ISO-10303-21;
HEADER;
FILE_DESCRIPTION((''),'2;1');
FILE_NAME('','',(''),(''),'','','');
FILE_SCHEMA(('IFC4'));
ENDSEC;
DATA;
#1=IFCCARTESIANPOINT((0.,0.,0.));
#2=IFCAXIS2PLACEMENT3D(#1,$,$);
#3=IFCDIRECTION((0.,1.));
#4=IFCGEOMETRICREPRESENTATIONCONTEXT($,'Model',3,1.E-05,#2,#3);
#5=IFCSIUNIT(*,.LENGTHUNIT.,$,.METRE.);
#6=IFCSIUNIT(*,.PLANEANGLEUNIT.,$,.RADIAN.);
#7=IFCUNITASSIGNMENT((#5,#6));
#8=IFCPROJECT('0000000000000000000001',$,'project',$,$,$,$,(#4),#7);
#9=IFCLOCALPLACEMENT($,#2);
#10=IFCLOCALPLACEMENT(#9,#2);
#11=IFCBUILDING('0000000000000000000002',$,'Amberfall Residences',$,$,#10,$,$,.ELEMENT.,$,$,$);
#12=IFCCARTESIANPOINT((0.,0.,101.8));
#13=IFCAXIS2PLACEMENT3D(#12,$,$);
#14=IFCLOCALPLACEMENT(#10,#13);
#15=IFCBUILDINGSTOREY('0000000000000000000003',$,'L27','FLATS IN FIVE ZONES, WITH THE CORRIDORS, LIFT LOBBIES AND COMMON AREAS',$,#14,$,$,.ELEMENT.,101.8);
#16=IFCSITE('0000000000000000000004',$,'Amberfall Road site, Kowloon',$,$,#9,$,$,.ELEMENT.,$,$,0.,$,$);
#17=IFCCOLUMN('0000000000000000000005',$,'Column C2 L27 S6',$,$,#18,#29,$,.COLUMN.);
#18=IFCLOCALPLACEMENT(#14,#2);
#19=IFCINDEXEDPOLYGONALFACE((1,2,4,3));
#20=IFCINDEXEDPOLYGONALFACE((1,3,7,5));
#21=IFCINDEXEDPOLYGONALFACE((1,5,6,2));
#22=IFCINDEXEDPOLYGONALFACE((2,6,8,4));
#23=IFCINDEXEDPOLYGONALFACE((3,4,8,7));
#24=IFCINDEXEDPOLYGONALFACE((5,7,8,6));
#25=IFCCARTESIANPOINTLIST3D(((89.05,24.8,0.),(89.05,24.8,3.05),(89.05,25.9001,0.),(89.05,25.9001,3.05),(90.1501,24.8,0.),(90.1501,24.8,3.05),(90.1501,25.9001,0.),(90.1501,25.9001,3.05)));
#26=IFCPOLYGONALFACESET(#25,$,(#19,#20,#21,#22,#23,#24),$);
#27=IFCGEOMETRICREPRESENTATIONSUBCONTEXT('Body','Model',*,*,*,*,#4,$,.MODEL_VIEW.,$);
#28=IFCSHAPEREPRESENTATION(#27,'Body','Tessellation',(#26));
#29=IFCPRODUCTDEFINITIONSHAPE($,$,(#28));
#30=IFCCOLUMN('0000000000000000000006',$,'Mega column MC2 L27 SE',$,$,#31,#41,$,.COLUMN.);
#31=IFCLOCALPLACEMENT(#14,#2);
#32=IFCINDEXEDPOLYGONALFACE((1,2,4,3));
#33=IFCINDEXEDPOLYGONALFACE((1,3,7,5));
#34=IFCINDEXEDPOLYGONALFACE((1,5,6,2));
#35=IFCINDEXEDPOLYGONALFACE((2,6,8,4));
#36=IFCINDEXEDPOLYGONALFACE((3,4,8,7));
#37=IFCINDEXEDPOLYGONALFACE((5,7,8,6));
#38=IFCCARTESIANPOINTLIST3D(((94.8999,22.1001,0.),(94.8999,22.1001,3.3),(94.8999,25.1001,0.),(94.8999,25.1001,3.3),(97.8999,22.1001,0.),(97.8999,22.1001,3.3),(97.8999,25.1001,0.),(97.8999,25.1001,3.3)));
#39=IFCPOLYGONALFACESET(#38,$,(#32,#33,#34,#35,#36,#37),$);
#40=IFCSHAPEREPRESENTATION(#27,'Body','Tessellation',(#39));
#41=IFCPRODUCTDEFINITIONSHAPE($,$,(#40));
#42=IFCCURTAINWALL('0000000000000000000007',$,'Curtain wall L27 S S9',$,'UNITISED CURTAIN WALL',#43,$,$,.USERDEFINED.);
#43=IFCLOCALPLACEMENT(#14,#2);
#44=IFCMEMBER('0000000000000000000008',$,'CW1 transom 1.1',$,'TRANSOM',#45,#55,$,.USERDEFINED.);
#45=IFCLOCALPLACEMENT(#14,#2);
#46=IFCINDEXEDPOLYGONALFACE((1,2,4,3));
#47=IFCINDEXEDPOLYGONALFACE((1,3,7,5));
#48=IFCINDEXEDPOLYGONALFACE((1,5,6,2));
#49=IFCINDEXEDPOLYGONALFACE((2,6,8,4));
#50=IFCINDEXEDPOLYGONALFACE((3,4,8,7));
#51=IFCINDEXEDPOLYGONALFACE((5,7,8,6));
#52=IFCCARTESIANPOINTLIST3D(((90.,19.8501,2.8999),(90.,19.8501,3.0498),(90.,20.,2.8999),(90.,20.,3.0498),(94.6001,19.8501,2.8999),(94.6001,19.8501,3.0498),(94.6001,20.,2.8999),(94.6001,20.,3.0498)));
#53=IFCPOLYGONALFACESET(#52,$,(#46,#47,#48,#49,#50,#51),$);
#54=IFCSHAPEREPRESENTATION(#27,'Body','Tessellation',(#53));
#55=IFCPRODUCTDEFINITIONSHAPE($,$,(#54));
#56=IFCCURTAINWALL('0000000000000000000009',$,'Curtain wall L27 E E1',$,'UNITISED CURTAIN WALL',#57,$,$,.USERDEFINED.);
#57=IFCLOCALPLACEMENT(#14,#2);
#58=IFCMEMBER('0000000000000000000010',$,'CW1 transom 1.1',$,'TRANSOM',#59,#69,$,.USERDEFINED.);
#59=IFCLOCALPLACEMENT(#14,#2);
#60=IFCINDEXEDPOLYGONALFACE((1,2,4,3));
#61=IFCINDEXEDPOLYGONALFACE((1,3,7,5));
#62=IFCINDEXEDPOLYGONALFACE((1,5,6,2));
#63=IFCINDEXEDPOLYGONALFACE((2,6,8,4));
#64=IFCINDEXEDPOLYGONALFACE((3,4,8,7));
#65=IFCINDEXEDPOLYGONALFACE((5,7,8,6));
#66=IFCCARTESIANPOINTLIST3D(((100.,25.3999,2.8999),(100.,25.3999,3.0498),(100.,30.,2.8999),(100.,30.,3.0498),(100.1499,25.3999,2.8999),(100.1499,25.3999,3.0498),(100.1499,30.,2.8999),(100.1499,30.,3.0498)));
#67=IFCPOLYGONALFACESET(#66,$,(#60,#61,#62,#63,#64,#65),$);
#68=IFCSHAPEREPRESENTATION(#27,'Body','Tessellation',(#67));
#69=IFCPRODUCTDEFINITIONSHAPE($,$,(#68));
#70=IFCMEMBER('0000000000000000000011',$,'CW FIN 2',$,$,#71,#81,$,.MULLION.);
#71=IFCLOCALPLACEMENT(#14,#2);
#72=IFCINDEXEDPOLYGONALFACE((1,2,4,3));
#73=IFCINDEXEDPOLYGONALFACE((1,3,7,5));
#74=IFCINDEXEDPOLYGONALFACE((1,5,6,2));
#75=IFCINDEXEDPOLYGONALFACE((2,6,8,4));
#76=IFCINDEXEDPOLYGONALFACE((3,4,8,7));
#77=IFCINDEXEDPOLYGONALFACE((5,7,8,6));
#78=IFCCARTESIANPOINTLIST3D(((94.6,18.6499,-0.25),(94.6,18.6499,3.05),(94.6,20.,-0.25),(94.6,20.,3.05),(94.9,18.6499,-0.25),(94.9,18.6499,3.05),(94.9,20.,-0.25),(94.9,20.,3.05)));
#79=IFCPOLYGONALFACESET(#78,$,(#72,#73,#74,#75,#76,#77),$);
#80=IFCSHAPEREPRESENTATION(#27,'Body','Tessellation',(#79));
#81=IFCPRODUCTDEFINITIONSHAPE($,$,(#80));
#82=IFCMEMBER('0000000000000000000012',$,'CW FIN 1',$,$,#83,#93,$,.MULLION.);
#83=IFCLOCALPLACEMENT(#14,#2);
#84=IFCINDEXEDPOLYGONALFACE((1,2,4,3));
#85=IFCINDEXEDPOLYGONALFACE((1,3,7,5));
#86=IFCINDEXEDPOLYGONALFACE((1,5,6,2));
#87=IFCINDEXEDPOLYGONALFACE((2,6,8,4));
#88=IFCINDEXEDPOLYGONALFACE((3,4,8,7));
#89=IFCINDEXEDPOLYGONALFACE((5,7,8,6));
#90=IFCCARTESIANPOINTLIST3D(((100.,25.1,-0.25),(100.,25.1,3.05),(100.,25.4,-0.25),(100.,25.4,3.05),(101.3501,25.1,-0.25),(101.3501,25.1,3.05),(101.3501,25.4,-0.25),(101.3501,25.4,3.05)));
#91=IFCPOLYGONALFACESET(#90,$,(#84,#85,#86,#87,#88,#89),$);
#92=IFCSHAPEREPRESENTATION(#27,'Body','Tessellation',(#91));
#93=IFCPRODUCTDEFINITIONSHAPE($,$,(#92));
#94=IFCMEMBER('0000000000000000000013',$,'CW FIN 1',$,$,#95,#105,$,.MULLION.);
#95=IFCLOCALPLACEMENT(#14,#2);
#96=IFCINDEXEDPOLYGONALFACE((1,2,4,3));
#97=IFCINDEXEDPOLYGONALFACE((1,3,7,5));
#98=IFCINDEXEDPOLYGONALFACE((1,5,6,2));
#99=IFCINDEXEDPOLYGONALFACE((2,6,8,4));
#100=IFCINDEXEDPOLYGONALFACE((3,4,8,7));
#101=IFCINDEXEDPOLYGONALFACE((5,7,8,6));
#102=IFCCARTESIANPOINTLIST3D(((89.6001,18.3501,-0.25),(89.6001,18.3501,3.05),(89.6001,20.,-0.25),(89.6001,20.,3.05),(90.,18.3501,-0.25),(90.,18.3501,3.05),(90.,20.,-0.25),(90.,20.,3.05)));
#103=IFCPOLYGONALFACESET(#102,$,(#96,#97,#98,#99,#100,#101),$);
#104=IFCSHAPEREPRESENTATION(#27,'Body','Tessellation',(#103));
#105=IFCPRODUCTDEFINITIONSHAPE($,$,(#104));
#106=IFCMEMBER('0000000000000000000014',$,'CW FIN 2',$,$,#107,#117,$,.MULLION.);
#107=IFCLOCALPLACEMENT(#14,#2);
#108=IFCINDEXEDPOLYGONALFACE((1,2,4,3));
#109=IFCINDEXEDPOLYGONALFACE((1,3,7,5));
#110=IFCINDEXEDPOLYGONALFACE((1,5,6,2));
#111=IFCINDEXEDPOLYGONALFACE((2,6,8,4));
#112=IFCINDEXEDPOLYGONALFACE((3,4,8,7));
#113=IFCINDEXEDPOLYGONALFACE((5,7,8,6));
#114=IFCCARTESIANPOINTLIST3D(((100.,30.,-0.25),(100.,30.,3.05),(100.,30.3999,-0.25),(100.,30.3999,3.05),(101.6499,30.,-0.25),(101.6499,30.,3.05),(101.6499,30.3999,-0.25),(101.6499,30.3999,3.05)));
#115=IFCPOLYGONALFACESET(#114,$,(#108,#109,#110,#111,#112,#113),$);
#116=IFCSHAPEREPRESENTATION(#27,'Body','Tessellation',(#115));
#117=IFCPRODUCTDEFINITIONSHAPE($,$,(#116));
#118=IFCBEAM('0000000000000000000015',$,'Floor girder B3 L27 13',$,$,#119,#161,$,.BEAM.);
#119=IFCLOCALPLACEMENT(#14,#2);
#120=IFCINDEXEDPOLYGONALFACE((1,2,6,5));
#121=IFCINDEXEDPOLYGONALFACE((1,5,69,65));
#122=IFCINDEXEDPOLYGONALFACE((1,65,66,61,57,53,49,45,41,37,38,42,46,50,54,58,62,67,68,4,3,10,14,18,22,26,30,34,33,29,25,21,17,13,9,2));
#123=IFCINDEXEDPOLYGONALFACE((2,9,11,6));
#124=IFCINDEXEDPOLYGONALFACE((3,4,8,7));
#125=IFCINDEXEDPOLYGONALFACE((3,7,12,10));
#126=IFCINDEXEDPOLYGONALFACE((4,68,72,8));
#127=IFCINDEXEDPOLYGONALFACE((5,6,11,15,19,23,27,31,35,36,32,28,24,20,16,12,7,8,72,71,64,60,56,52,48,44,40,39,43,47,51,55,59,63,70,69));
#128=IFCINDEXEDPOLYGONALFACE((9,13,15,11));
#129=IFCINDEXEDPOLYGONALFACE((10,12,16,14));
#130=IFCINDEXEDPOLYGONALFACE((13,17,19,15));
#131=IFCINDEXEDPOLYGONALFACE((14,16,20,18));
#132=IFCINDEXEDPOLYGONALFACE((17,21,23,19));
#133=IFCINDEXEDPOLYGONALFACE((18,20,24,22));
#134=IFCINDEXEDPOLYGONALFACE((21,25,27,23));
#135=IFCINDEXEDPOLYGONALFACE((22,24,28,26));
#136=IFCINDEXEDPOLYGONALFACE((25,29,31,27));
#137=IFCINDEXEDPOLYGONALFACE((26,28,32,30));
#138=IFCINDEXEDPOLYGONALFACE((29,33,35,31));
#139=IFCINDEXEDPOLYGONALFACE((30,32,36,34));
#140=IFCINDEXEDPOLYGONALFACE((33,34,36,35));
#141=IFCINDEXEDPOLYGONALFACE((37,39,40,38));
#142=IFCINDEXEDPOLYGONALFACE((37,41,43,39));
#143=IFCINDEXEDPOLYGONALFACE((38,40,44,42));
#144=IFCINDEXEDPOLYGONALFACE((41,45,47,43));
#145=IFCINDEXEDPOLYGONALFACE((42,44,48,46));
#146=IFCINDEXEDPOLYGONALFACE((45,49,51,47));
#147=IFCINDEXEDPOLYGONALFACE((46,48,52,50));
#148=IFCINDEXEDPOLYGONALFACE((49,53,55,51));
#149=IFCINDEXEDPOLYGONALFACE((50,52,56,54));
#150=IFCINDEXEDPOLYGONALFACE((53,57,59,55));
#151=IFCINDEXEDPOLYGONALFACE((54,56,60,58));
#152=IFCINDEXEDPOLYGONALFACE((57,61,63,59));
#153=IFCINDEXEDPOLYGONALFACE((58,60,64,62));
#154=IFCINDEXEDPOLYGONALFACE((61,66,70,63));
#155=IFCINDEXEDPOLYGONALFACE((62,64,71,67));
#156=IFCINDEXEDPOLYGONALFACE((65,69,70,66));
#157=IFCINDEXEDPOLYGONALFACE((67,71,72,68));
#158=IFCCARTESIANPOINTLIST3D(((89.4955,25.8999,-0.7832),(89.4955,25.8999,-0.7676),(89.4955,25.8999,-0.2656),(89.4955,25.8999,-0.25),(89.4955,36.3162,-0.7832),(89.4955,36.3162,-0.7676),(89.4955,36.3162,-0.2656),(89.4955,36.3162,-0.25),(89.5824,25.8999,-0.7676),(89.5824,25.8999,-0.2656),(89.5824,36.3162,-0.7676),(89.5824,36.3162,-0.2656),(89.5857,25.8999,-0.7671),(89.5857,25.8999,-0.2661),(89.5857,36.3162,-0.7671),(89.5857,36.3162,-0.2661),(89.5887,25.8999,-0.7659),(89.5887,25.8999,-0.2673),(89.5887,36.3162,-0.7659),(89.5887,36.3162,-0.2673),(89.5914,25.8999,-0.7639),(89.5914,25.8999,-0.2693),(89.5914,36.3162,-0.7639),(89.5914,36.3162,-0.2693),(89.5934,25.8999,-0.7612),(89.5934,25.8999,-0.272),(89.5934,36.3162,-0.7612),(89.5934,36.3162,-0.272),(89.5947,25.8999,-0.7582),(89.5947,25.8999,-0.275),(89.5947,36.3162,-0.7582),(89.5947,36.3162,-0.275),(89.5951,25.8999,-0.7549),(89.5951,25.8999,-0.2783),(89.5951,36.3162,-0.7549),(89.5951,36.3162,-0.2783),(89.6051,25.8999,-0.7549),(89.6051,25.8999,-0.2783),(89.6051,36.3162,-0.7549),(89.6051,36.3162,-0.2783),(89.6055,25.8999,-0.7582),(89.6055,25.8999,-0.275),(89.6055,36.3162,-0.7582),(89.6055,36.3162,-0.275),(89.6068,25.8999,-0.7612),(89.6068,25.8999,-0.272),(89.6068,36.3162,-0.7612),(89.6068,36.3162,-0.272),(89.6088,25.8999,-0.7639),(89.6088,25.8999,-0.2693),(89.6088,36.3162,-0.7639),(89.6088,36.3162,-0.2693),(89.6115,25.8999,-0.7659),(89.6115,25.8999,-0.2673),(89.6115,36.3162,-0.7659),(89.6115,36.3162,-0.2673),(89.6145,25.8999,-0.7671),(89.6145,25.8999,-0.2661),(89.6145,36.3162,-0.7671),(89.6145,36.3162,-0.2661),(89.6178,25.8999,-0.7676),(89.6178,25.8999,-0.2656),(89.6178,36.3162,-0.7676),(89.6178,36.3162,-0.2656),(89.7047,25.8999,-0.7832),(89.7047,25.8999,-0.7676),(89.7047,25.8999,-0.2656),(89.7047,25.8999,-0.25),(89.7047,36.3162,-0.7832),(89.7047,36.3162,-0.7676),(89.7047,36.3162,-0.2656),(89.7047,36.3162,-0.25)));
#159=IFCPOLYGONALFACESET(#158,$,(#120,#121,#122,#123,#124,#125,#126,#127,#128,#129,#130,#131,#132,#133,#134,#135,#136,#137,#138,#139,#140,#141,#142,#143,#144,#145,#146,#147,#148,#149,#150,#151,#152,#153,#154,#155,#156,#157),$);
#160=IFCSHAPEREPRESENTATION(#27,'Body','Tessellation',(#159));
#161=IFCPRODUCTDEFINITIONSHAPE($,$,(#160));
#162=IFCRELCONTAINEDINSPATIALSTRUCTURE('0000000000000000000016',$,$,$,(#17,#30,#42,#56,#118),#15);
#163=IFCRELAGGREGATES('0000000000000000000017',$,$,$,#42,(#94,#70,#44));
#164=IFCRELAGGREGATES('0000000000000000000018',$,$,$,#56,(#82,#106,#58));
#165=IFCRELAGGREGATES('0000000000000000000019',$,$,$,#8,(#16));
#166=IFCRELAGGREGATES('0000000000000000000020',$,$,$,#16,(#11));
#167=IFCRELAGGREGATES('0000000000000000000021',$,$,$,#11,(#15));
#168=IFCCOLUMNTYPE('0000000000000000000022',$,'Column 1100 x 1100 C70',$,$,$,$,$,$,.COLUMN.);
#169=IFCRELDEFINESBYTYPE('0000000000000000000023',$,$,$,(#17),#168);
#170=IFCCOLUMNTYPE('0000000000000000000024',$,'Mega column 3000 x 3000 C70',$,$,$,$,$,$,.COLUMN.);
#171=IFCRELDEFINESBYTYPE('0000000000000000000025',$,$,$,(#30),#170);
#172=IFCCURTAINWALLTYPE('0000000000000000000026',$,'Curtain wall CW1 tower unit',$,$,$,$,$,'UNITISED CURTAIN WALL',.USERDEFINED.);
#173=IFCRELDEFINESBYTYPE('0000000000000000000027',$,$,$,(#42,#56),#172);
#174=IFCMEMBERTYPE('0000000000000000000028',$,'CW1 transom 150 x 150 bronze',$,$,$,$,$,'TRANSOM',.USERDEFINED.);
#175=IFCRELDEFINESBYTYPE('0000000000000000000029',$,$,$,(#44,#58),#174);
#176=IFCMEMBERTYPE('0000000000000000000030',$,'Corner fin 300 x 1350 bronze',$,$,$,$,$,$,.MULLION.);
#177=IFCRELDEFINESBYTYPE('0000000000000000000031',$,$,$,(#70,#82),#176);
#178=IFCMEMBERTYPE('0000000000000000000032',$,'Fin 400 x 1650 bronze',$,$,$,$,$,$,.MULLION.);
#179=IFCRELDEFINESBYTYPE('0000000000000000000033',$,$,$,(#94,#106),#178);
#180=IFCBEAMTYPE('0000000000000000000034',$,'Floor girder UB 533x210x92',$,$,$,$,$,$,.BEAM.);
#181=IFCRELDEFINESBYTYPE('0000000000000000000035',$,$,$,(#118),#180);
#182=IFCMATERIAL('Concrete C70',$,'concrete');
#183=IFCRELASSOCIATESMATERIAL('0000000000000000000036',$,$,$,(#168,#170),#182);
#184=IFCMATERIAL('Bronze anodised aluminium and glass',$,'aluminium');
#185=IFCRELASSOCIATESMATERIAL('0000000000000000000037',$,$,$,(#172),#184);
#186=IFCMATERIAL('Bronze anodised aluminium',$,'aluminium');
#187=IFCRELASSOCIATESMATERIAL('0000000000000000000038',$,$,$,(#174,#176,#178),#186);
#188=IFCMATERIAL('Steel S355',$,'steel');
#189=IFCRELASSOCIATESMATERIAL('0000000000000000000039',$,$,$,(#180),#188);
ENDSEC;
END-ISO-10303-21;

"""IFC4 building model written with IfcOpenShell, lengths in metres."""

from ifc_helpers import new_model, si_unit, direction, frame, origin, origin_2d, place, context, subcontext, project, spatial, rectangle, i_section, extrude, material, material_profile, profile_set, type_object, element, aggregate, save


model = new_model("IFC4")

# Units and contexts
model_context = context("Model", 3, precision=1e-05, world=origin(), true_north=direction((0.0, 1.0)))
body_context = subcontext(model_context, "Body", "Model", "MODEL_VIEW")
ifc_project = project(units=[si_unit("LENGTHUNIT", "METRE"), si_unit("PLANEANGLEUNIT", "RADIAN")], contexts=[model_context])

# Site, building, storey
site_placement = place(None, origin())
site = spatial("IfcSite", under=ifc_project, at=site_placement, Name="Amberfall Road site, Kowloon", CompositionType="ELEMENT", RefElevation=0.0)
building_placement = place(site_placement, origin())
building = spatial("IfcBuilding", under=site, at=building_placement, Name="Amberfall Residences", CompositionType="ELEMENT")
storey_placement = place(building_placement, frame((0.0, 0.0, 101.8)))
storey = spatial("IfcBuildingStorey", under=building, at=storey_placement, Name="L27", Description="FLATS IN FIVE ZONES, WITH THE CORRIDORS, LIFT LOBBIES AND COMMON AREAS", CompositionType="ELEMENT", Elevation=101.8)

# Columns
ifc_material_1 = material(Name="Concrete C70", Category="concrete")
ifc_material_profile_1 = material_profile(ifc_material_1, rectangle(XDim=1.1001, YDim=1.1001, at=origin_2d()), Name="Column 1100 x 1100 C70")
ifc_profile_set_1 = profile_set([ifc_material_profile_1], Name="Concrete C70")
column_type_1 = type_object("IfcColumnType", Name="Column 1100 x 1100 C70", PredefinedType="COLUMN", material=ifc_profile_set_1)
column_1_placement = place(storey_placement, frame((89.6001, 25.3501, 0.0), z_axis=(0.0, 0.0, 1.0), x_axis=(1.0, 0.0, 0.0)))
element("IfcColumn", 1, at=column_1_placement, inside=storey, type_object=column_type_1, Name="Column C2 L27 S6", PredefinedType="COLUMN", context=body_context, shape_type="SweptSolid", body=[
    extrude(rectangle(XDim=1.1001, YDim=1.1001, at=origin_2d()), origin(), (0.0, 0.0, 1.0), 3.05),
])
ifc_material_profile_2 = material_profile(ifc_material_1, rectangle(XDim=3.0, YDim=3.0, at=origin_2d()), Name="Mega column 3000 x 3000 C70")
ifc_profile_set_2 = profile_set([ifc_material_profile_2], Name="Concrete C70")
column_type_2 = type_object("IfcColumnType", Name="Mega column 3000 x 3000 C70", PredefinedType="COLUMN", material=ifc_profile_set_2)
column_2_placement = place(storey_placement, frame((96.3999, 23.6001, 0.0), z_axis=(0.0, 0.0, 1.0), x_axis=(1.0, 0.0, 0.0)))
element("IfcColumn", 2, at=column_2_placement, inside=storey, type_object=column_type_2, Name="Mega column MC2 L27 SE", PredefinedType="COLUMN", context=body_context, shape_type="SweptSolid", body=[
    extrude(rectangle(XDim=3.0, YDim=3.0, at=origin_2d()), origin(), (0.0, 0.0, 1.0), 3.3),
])

# Curtain walls, members
ifc_material_2 = material(Name="Bronze anodised aluminium and glass", Category="aluminium")
curtain_wall_type = type_object("IfcCurtainWallType", Name="Curtain wall CW1 tower unit", ElementType="UNITISED CURTAIN WALL", PredefinedType="USERDEFINED", material=ifc_material_2)
curtain_wall_1_placement = place(storey_placement, origin())
curtain_wall_1 = element("IfcCurtainWall", 3, at=curtain_wall_1_placement, inside=storey, type_object=curtain_wall_type, Name="Curtain wall L27 S S9", ObjectType="UNITISED CURTAIN WALL", PredefinedType="USERDEFINED")
ifc_material_3 = material(Name="Bronze anodised aluminium", Category="aluminium")
ifc_material_profile_3 = material_profile(ifc_material_3, rectangle(XDim=0.1499, YDim=0.1499, at=origin_2d()), Name="CW1 transom 150 x 150 bronze")
ifc_profile_set_3 = profile_set([ifc_material_profile_3], Name="Bronze anodised aluminium")
member_type_1 = type_object("IfcMemberType", Name="CW1 transom 150 x 150 bronze", ElementType="TRANSOM", PredefinedType="USERDEFINED", material=ifc_profile_set_3)
member_1_placement = place(storey_placement, frame((90.0, 19.925, 2.9749), z_axis=(1.0, 0.0, 0.0), x_axis=(0.0, 1.0, 0.0)))
member_1 = element("IfcMember", 4, at=member_1_placement, type_object=member_type_1, Name="CW1 transom 1.1", ObjectType="TRANSOM", PredefinedType="USERDEFINED", context=body_context, shape_type="SweptSolid", body=[
    extrude(rectangle(XDim=0.1499, YDim=0.1499, at=origin_2d()), origin(), (0.0, 0.0, 1.0), 4.6001),
])
curtain_wall_2_placement = place(storey_placement, origin())
curtain_wall_2 = element("IfcCurtainWall", 5, at=curtain_wall_2_placement, inside=storey, type_object=curtain_wall_type, Name="Curtain wall L27 E E1", ObjectType="UNITISED CURTAIN WALL", PredefinedType="USERDEFINED")
member_2_placement = place(storey_placement, frame((100.075, 25.3999, 2.9749), z_axis=(0.0, 1.0, 0.0), x_axis=(-1.0, 0.0, 0.0)))
member_2 = element("IfcMember", 6, at=member_2_placement, type_object=member_type_1, Name="CW1 transom 1.1", ObjectType="TRANSOM", PredefinedType="USERDEFINED", context=body_context, shape_type="SweptSolid", body=[
    extrude(rectangle(XDim=0.1499, YDim=0.1499, at=origin_2d()), origin(), (0.0, 0.0, 1.0), 4.6001),
])

# Members
ifc_material_profile_4 = material_profile(ifc_material_3, rectangle(XDim=1.3501, YDim=0.3, at=origin_2d()), Name="Corner fin 300 x 1350 bronze")
ifc_profile_set_4 = profile_set([ifc_material_profile_4], Name="Bronze anodised aluminium")
member_type_2 = type_object("IfcMemberType", Name="Corner fin 300 x 1350 bronze", PredefinedType="MULLION", material=ifc_profile_set_4)
member_3_placement = place(storey_placement, frame((94.75, 19.325, -0.25), z_axis=(0.0, 0.0, 1.0), x_axis=(0.0, 1.0, 0.0)))
member_3 = element("IfcMember", 7, at=member_3_placement, type_object=member_type_2, Name="CW FIN 2", PredefinedType="MULLION", context=body_context, shape_type="SweptSolid", body=[
    extrude(rectangle(XDim=1.3501, YDim=0.3, at=origin_2d()), origin(), (0.0, 0.0, 1.0), 3.3),
])
member_4_placement = place(storey_placement, frame((100.675, 25.25, -0.25), z_axis=(0.0, 0.0, 1.0), x_axis=(-1.0, 0.0, 0.0)))
member_4 = element("IfcMember", 8, at=member_4_placement, type_object=member_type_2, Name="CW FIN 1", PredefinedType="MULLION", context=body_context, shape_type="SweptSolid", body=[
    extrude(rectangle(XDim=1.3501, YDim=0.3, at=origin_2d()), origin(), (0.0, 0.0, 1.0), 3.3),
])
ifc_material_profile_5 = material_profile(ifc_material_3, rectangle(XDim=1.6499, YDim=0.3999, at=origin_2d()), Name="Fin 400 x 1650 bronze")
ifc_profile_set_5 = profile_set([ifc_material_profile_5], Name="Bronze anodised aluminium")
member_type_3 = type_object("IfcMemberType", Name="Fin 400 x 1650 bronze", PredefinedType="MULLION", material=ifc_profile_set_5)
member_5_placement = place(storey_placement, frame((89.8, 19.175, -0.25), z_axis=(0.0, 0.0, 1.0), x_axis=(0.0, 1.0, 0.0)))
member_5 = element("IfcMember", 9, at=member_5_placement, type_object=member_type_3, Name="CW FIN 1", PredefinedType="MULLION", context=body_context, shape_type="SweptSolid", body=[
    extrude(rectangle(XDim=1.6499, YDim=0.3999, at=origin_2d()), origin(), (0.0, 0.0, 1.0), 3.3),
])
member_6_placement = place(storey_placement, frame((100.825, 30.2, -0.25), z_axis=(0.0, 0.0, 1.0), x_axis=(-1.0, 0.0, 0.0)))
member_6 = element("IfcMember", 10, at=member_6_placement, type_object=member_type_3, Name="CW FIN 2", PredefinedType="MULLION", context=body_context, shape_type="SweptSolid", body=[
    extrude(rectangle(XDim=1.6499, YDim=0.3999, at=origin_2d()), origin(), (0.0, 0.0, 1.0), 3.3),
])

# Beam
ifc_material_4 = material(Name="Steel S355", Category="steel")
ifc_material_profile_6 = material_profile(ifc_material_4, i_section(OverallWidth=0.2092, OverallDepth=0.5332, WebThickness=0.01, FlangeThickness=0.0156, FilletRadius=0.0127, at=origin_2d()), Name="UB 533x210x92")
ifc_profile_set_6 = profile_set([ifc_material_profile_6], Name="Steel S355")
beam_type_1 = type_object("IfcBeamType", Name="Floor girder UB 533x210x92", PredefinedType="BEAM", material=ifc_profile_set_6)
beam_1_placement = place(storey_placement, frame((89.6001, 25.8999, -0.5166), z_axis=(0.0, 1.0, 0.0), x_axis=(-1.0, 0.0, 0.0)))
element("IfcBeam", 11, at=beam_1_placement, inside=storey, type_object=beam_type_1, Name="Floor girder B3 L27 13", PredefinedType="BEAM", context=body_context, shape_type="SweptSolid", body=[
    extrude(i_section(OverallWidth=0.2092, OverallDepth=0.5332, WebThickness=0.01, FlangeThickness=0.0156, FilletRadius=0.0127, at=origin_2d()), origin(), (0.0, 0.0, 1.0), 10.4163),
])

aggregate(curtain_wall_1, [member_5, member_3, member_1])
aggregate(curtain_wall_2, [member_4, member_6, member_2])

save(model, "model.ifc")
